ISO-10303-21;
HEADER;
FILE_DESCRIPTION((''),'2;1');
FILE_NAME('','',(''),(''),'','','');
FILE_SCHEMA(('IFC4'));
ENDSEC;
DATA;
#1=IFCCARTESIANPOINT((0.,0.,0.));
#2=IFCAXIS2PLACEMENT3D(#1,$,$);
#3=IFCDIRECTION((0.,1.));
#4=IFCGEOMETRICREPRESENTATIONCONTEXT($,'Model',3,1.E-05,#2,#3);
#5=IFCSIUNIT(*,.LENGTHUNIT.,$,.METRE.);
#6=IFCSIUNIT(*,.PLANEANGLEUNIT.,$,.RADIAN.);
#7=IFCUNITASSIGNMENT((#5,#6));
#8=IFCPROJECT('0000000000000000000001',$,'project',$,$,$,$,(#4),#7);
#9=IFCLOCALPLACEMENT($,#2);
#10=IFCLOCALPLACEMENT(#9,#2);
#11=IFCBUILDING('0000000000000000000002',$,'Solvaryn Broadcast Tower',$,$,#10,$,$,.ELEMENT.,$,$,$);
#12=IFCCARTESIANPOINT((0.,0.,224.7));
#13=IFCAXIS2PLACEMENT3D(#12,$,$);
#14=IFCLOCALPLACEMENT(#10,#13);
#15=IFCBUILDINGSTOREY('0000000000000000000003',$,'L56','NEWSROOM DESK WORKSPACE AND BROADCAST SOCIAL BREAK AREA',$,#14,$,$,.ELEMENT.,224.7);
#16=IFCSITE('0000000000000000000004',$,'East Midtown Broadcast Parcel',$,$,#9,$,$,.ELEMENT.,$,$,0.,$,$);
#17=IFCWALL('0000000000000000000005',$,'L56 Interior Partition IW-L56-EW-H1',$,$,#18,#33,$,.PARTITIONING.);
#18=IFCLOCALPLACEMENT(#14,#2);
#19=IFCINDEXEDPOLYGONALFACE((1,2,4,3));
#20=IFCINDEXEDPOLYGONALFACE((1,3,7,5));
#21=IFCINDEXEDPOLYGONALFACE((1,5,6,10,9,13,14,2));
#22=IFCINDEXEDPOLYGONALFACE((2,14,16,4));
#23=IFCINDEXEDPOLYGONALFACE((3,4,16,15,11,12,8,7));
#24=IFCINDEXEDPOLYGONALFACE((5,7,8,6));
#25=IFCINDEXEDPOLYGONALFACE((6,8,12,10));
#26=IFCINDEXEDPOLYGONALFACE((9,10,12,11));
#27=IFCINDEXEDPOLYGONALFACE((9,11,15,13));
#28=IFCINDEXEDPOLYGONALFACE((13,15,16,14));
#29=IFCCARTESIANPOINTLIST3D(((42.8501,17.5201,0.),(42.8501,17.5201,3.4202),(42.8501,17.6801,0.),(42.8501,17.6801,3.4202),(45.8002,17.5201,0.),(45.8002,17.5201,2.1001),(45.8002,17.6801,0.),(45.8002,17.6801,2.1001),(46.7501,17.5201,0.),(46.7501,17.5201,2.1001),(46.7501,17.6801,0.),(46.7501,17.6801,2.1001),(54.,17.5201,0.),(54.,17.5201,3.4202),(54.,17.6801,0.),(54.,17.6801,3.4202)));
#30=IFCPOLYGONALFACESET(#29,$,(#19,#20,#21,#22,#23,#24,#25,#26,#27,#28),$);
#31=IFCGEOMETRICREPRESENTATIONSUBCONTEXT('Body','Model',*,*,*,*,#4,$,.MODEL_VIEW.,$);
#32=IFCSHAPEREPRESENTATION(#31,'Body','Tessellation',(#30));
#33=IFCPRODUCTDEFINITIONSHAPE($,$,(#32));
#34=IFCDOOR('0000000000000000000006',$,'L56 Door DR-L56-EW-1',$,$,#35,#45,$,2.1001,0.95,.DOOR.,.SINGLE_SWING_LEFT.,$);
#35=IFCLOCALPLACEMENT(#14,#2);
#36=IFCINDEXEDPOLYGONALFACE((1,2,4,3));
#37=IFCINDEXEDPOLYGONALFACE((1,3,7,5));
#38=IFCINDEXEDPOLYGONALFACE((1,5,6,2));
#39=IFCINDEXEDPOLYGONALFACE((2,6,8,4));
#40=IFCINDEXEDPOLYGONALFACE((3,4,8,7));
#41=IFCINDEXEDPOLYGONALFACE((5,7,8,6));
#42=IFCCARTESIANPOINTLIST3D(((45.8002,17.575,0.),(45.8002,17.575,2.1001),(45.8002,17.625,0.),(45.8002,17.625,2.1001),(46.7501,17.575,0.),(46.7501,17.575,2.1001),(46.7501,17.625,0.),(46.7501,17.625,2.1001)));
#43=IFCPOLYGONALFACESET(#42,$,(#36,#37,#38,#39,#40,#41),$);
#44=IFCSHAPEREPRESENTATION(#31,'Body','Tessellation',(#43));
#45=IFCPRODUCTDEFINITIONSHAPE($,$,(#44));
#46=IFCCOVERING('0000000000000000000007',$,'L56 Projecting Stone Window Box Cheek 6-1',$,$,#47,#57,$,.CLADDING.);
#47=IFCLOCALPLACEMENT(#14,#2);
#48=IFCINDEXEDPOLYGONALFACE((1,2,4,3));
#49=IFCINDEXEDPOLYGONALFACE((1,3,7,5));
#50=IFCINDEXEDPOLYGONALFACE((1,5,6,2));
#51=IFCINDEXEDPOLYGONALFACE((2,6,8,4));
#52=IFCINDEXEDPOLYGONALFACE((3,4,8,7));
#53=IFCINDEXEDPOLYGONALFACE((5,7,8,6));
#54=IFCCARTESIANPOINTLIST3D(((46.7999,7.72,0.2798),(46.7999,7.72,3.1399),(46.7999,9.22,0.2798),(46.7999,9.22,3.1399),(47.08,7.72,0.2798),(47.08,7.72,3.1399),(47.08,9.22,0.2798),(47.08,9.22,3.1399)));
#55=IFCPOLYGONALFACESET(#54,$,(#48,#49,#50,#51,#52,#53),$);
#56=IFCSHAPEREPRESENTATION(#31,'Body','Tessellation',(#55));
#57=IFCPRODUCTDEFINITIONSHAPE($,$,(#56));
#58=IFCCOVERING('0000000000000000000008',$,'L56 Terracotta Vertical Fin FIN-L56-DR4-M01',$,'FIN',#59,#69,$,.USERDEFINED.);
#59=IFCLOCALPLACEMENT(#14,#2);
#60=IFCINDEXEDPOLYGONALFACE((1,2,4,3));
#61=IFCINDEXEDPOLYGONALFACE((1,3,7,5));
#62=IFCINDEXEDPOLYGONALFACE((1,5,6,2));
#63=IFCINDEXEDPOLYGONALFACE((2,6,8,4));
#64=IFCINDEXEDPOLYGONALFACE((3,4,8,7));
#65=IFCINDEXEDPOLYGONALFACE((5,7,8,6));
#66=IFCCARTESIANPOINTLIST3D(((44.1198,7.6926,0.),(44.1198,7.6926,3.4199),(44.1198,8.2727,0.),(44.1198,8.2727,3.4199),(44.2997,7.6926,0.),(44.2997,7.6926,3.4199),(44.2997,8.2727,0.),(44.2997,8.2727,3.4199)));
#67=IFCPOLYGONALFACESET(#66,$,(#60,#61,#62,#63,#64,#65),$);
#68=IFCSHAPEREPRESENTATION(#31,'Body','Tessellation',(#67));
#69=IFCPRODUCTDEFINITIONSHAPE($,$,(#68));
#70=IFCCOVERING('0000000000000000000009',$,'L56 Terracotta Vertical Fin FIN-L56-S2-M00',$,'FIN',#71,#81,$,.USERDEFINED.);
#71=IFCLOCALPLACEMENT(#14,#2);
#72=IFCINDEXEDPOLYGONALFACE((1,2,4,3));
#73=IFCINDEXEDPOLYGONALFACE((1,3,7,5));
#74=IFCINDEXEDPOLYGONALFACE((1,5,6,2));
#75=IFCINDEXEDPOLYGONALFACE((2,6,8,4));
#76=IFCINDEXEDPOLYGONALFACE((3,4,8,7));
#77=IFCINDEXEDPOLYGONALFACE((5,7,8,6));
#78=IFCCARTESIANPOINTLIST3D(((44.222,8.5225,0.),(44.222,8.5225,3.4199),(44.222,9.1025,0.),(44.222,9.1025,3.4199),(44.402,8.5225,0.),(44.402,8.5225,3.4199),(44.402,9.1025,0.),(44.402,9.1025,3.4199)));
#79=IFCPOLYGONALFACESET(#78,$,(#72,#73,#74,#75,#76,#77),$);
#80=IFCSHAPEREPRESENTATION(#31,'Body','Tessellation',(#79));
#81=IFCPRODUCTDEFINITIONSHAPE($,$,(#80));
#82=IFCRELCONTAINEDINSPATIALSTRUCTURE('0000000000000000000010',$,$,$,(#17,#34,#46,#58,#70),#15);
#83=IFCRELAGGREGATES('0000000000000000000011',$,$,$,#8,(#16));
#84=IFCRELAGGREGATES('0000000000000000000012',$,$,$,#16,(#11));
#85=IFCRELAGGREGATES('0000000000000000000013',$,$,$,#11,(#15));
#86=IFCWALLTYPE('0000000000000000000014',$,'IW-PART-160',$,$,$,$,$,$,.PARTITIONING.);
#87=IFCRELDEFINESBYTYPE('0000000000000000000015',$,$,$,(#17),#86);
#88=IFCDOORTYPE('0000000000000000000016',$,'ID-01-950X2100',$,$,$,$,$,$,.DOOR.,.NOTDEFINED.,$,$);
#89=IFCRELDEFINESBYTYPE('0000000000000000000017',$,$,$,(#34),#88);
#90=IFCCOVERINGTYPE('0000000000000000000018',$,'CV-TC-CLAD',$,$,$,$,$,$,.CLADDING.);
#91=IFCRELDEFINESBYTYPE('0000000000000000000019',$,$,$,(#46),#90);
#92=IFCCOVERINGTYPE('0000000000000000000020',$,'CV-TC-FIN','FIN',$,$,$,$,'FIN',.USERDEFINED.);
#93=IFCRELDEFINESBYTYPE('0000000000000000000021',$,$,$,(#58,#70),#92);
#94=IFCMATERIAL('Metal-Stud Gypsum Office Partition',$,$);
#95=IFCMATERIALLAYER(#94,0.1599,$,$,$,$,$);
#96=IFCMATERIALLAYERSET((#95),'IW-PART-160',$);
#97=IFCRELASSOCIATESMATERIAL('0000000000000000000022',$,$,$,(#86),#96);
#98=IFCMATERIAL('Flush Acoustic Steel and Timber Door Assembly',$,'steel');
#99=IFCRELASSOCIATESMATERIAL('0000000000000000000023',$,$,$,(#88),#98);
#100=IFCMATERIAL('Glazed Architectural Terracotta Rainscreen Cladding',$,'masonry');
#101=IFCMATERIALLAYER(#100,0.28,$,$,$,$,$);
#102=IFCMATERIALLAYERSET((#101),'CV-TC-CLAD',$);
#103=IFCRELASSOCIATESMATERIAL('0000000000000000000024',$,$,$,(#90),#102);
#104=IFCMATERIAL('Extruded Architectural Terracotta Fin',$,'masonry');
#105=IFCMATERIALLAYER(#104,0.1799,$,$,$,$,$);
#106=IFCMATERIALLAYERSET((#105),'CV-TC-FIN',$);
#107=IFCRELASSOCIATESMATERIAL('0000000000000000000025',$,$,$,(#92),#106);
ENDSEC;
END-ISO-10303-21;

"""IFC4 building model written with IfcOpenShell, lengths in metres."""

from ifc_helpers import new_model, si_unit, direction, frame, frame_2d, origin, origin_2d, place, context, subcontext, project, spatial, rectangle, extrude, material, layer, layer_set, type_object, element, fill, save


model = new_model("IFC4")

# Units and contexts
model_context = context("Model", 3, precision=1e-05, world=origin(), true_north=direction((0.0, 1.0)))
body_context = subcontext(model_context, "Body", "Model", "MODEL_VIEW")
ifc_project = project(units=[si_unit("LENGTHUNIT", "METRE"), si_unit("PLANEANGLEUNIT", "RADIAN")], contexts=[model_context])

# Site, building, storey
site_placement = place(None, origin())
site = spatial("IfcSite", under=ifc_project, at=site_placement, Name="East Midtown Broadcast Parcel", CompositionType="ELEMENT", RefElevation=0.0)
building_placement = place(site_placement, origin())
building = spatial("IfcBuilding", under=site, at=building_placement, Name="Solvaryn Broadcast Tower", CompositionType="ELEMENT")
storey_placement = place(building_placement, frame((0.0, 0.0, 224.7)))
storey = spatial("IfcBuildingStorey", under=building, at=storey_placement, Name="L56", Description="NEWSROOM DESK WORKSPACE AND BROADCAST SOCIAL BREAK AREA", CompositionType="ELEMENT", Elevation=224.7)

# Shared definitions
ifc_material_1 = material(Name="Metal-Stud Gypsum Office Partition")
ifc_layer_1 = layer(ifc_material_1, 0.1599)
ifc_layer_set_1 = layer_set([ifc_layer_1], Name="IW-PART-160")
wall_type_1 = type_object("IfcWallType", Name="IW-PART-160", PredefinedType="PARTITIONING", material=ifc_layer_set_1)

# Wall, opening, door
wall_1_placement = place(storey_placement, frame((42.8501, 17.6001, 0.0), z_axis=(0.0, 0.0, 1.0), x_axis=(1.0, 0.0, 0.0)))
wall_1 = element("IfcWall", 1, at=wall_1_placement, inside=storey, type_object=wall_type_1, Name="L56 Interior Partition IW-L56-EW-H1", PredefinedType="PARTITIONING", context=body_context, shape_type="SweptSolid", body=[
    extrude(rectangle(XDim=11.1499, YDim=0.1599, at=frame_2d((5.575, 0.0))), origin(), (0.0, 0.0, 1.0), 3.4202),
])
opening_1_placement = place(wall_1_placement, frame((2.95, 0.0, 0.0)))
opening_1 = element("IfcOpeningElement", 2, at=opening_1_placement, cuts=wall_1, PredefinedType="OPENING", context=body_context, shape_type="SweptSolid", body=[
    extrude(rectangle(XDim=0.95, YDim=2.1001, at=frame_2d((0.4751, 1.05))), frame((0.0, 0.0901, 0.0), z_axis=(0.0, -1.0, 0.0), x_axis=(1.0, 0.0, 0.0)), (0.0, 0.0, 1.0), 0.1799),
])
ifc_material_2 = material(Name="Flush Acoustic Steel and Timber Door Assembly", Category="steel")
door_type_1 = type_object("IfcDoorType", Name="ID-01-950X2100", OperationType="NOTDEFINED", PredefinedType="DOOR", material=ifc_material_2)
door_1_placement = place(opening_1_placement, origin())
door_1 = element("IfcDoor", 3, at=door_1_placement, inside=storey, type_object=door_type_1, Name="L56 Door DR-L56-EW-1", OperationType="SINGLE_SWING_LEFT", OverallHeight=2.1001, OverallWidth=0.95, PredefinedType="DOOR", context=body_context, shape_type="SweptSolid", body=[
    extrude(rectangle(XDim=0.95, YDim=2.1001, at=frame_2d((0.4751, 1.05))), frame((0.0, 0.0249, 0.0), z_axis=(0.0, -1.0, 0.0), x_axis=(1.0, 0.0, 0.0)), (0.0, 0.0, 1.0), 0.05),
])
fill(opening_1, door_1)

# Coverings
ifc_material_3 = material(Name="Glazed Architectural Terracotta Rainscreen Cladding", Category="masonry")
ifc_layer_2 = layer(ifc_material_3, 0.28)
ifc_layer_set_2 = layer_set([ifc_layer_2], Name="CV-TC-CLAD")
covering_type_1 = type_object("IfcCoveringType", Name="CV-TC-CLAD", PredefinedType="CLADDING", material=ifc_layer_set_2)
covering_placement = place(storey_placement, frame((46.9399, 8.47, 0.2798), z_axis=(0.0, 0.0, 1.0), x_axis=(1.0, 0.0, 0.0)))
element("IfcCovering", 4, at=covering_placement, inside=storey, type_object=covering_type_1, Name="L56 Projecting Stone Window Box Cheek 6-1", PredefinedType="CLADDING", context=body_context, shape_type="SweptSolid", body=[
    extrude(rectangle(XDim=0.28, YDim=1.5, at=origin_2d()), origin(), (0.0, 0.0, 1.0), 2.8601),
])
ifc_material_4 = material(Name="Extruded Architectural Terracotta Fin", Category="masonry")
ifc_layer_3 = layer(ifc_material_4, 0.1799)
ifc_layer_set_3 = layer_set([ifc_layer_3], Name="CV-TC-FIN")
covering_type_2 = type_object("IfcCoveringType", Name="CV-TC-FIN", Description="FIN", ElementType="FIN", PredefinedType="USERDEFINED", material=ifc_layer_set_3)
for number, where, z_axis, x_axis, name in (
    (5, (44.2097, 7.9827, 0.0), (0.0, 0.0, 1.0), (1.0, 0.0, 0.0), "L56 Terracotta Vertical Fin FIN-L56-DR4-M01"),
    (6, (44.312, 8.8125, 0.0), (0.0, 0.0, 1.0), (1.0, 0.0, 0.0), "L56 Terracotta Vertical Fin FIN-L56-S2-M00"),
):
    element("IfcCovering", number, at=place(storey_placement, frame(where, z_axis=z_axis, x_axis=x_axis)), inside=storey, type_object=covering_type_2, Name=name, ObjectType="FIN", PredefinedType="USERDEFINED", context=body_context, shape_type="SweptSolid", body=[
        extrude(rectangle(XDim=0.1799, YDim=0.5801, at=origin_2d()), origin(), (0.0, 0.0, 1.0), 3.4199),
    ])

save(model, "model.ifc")
